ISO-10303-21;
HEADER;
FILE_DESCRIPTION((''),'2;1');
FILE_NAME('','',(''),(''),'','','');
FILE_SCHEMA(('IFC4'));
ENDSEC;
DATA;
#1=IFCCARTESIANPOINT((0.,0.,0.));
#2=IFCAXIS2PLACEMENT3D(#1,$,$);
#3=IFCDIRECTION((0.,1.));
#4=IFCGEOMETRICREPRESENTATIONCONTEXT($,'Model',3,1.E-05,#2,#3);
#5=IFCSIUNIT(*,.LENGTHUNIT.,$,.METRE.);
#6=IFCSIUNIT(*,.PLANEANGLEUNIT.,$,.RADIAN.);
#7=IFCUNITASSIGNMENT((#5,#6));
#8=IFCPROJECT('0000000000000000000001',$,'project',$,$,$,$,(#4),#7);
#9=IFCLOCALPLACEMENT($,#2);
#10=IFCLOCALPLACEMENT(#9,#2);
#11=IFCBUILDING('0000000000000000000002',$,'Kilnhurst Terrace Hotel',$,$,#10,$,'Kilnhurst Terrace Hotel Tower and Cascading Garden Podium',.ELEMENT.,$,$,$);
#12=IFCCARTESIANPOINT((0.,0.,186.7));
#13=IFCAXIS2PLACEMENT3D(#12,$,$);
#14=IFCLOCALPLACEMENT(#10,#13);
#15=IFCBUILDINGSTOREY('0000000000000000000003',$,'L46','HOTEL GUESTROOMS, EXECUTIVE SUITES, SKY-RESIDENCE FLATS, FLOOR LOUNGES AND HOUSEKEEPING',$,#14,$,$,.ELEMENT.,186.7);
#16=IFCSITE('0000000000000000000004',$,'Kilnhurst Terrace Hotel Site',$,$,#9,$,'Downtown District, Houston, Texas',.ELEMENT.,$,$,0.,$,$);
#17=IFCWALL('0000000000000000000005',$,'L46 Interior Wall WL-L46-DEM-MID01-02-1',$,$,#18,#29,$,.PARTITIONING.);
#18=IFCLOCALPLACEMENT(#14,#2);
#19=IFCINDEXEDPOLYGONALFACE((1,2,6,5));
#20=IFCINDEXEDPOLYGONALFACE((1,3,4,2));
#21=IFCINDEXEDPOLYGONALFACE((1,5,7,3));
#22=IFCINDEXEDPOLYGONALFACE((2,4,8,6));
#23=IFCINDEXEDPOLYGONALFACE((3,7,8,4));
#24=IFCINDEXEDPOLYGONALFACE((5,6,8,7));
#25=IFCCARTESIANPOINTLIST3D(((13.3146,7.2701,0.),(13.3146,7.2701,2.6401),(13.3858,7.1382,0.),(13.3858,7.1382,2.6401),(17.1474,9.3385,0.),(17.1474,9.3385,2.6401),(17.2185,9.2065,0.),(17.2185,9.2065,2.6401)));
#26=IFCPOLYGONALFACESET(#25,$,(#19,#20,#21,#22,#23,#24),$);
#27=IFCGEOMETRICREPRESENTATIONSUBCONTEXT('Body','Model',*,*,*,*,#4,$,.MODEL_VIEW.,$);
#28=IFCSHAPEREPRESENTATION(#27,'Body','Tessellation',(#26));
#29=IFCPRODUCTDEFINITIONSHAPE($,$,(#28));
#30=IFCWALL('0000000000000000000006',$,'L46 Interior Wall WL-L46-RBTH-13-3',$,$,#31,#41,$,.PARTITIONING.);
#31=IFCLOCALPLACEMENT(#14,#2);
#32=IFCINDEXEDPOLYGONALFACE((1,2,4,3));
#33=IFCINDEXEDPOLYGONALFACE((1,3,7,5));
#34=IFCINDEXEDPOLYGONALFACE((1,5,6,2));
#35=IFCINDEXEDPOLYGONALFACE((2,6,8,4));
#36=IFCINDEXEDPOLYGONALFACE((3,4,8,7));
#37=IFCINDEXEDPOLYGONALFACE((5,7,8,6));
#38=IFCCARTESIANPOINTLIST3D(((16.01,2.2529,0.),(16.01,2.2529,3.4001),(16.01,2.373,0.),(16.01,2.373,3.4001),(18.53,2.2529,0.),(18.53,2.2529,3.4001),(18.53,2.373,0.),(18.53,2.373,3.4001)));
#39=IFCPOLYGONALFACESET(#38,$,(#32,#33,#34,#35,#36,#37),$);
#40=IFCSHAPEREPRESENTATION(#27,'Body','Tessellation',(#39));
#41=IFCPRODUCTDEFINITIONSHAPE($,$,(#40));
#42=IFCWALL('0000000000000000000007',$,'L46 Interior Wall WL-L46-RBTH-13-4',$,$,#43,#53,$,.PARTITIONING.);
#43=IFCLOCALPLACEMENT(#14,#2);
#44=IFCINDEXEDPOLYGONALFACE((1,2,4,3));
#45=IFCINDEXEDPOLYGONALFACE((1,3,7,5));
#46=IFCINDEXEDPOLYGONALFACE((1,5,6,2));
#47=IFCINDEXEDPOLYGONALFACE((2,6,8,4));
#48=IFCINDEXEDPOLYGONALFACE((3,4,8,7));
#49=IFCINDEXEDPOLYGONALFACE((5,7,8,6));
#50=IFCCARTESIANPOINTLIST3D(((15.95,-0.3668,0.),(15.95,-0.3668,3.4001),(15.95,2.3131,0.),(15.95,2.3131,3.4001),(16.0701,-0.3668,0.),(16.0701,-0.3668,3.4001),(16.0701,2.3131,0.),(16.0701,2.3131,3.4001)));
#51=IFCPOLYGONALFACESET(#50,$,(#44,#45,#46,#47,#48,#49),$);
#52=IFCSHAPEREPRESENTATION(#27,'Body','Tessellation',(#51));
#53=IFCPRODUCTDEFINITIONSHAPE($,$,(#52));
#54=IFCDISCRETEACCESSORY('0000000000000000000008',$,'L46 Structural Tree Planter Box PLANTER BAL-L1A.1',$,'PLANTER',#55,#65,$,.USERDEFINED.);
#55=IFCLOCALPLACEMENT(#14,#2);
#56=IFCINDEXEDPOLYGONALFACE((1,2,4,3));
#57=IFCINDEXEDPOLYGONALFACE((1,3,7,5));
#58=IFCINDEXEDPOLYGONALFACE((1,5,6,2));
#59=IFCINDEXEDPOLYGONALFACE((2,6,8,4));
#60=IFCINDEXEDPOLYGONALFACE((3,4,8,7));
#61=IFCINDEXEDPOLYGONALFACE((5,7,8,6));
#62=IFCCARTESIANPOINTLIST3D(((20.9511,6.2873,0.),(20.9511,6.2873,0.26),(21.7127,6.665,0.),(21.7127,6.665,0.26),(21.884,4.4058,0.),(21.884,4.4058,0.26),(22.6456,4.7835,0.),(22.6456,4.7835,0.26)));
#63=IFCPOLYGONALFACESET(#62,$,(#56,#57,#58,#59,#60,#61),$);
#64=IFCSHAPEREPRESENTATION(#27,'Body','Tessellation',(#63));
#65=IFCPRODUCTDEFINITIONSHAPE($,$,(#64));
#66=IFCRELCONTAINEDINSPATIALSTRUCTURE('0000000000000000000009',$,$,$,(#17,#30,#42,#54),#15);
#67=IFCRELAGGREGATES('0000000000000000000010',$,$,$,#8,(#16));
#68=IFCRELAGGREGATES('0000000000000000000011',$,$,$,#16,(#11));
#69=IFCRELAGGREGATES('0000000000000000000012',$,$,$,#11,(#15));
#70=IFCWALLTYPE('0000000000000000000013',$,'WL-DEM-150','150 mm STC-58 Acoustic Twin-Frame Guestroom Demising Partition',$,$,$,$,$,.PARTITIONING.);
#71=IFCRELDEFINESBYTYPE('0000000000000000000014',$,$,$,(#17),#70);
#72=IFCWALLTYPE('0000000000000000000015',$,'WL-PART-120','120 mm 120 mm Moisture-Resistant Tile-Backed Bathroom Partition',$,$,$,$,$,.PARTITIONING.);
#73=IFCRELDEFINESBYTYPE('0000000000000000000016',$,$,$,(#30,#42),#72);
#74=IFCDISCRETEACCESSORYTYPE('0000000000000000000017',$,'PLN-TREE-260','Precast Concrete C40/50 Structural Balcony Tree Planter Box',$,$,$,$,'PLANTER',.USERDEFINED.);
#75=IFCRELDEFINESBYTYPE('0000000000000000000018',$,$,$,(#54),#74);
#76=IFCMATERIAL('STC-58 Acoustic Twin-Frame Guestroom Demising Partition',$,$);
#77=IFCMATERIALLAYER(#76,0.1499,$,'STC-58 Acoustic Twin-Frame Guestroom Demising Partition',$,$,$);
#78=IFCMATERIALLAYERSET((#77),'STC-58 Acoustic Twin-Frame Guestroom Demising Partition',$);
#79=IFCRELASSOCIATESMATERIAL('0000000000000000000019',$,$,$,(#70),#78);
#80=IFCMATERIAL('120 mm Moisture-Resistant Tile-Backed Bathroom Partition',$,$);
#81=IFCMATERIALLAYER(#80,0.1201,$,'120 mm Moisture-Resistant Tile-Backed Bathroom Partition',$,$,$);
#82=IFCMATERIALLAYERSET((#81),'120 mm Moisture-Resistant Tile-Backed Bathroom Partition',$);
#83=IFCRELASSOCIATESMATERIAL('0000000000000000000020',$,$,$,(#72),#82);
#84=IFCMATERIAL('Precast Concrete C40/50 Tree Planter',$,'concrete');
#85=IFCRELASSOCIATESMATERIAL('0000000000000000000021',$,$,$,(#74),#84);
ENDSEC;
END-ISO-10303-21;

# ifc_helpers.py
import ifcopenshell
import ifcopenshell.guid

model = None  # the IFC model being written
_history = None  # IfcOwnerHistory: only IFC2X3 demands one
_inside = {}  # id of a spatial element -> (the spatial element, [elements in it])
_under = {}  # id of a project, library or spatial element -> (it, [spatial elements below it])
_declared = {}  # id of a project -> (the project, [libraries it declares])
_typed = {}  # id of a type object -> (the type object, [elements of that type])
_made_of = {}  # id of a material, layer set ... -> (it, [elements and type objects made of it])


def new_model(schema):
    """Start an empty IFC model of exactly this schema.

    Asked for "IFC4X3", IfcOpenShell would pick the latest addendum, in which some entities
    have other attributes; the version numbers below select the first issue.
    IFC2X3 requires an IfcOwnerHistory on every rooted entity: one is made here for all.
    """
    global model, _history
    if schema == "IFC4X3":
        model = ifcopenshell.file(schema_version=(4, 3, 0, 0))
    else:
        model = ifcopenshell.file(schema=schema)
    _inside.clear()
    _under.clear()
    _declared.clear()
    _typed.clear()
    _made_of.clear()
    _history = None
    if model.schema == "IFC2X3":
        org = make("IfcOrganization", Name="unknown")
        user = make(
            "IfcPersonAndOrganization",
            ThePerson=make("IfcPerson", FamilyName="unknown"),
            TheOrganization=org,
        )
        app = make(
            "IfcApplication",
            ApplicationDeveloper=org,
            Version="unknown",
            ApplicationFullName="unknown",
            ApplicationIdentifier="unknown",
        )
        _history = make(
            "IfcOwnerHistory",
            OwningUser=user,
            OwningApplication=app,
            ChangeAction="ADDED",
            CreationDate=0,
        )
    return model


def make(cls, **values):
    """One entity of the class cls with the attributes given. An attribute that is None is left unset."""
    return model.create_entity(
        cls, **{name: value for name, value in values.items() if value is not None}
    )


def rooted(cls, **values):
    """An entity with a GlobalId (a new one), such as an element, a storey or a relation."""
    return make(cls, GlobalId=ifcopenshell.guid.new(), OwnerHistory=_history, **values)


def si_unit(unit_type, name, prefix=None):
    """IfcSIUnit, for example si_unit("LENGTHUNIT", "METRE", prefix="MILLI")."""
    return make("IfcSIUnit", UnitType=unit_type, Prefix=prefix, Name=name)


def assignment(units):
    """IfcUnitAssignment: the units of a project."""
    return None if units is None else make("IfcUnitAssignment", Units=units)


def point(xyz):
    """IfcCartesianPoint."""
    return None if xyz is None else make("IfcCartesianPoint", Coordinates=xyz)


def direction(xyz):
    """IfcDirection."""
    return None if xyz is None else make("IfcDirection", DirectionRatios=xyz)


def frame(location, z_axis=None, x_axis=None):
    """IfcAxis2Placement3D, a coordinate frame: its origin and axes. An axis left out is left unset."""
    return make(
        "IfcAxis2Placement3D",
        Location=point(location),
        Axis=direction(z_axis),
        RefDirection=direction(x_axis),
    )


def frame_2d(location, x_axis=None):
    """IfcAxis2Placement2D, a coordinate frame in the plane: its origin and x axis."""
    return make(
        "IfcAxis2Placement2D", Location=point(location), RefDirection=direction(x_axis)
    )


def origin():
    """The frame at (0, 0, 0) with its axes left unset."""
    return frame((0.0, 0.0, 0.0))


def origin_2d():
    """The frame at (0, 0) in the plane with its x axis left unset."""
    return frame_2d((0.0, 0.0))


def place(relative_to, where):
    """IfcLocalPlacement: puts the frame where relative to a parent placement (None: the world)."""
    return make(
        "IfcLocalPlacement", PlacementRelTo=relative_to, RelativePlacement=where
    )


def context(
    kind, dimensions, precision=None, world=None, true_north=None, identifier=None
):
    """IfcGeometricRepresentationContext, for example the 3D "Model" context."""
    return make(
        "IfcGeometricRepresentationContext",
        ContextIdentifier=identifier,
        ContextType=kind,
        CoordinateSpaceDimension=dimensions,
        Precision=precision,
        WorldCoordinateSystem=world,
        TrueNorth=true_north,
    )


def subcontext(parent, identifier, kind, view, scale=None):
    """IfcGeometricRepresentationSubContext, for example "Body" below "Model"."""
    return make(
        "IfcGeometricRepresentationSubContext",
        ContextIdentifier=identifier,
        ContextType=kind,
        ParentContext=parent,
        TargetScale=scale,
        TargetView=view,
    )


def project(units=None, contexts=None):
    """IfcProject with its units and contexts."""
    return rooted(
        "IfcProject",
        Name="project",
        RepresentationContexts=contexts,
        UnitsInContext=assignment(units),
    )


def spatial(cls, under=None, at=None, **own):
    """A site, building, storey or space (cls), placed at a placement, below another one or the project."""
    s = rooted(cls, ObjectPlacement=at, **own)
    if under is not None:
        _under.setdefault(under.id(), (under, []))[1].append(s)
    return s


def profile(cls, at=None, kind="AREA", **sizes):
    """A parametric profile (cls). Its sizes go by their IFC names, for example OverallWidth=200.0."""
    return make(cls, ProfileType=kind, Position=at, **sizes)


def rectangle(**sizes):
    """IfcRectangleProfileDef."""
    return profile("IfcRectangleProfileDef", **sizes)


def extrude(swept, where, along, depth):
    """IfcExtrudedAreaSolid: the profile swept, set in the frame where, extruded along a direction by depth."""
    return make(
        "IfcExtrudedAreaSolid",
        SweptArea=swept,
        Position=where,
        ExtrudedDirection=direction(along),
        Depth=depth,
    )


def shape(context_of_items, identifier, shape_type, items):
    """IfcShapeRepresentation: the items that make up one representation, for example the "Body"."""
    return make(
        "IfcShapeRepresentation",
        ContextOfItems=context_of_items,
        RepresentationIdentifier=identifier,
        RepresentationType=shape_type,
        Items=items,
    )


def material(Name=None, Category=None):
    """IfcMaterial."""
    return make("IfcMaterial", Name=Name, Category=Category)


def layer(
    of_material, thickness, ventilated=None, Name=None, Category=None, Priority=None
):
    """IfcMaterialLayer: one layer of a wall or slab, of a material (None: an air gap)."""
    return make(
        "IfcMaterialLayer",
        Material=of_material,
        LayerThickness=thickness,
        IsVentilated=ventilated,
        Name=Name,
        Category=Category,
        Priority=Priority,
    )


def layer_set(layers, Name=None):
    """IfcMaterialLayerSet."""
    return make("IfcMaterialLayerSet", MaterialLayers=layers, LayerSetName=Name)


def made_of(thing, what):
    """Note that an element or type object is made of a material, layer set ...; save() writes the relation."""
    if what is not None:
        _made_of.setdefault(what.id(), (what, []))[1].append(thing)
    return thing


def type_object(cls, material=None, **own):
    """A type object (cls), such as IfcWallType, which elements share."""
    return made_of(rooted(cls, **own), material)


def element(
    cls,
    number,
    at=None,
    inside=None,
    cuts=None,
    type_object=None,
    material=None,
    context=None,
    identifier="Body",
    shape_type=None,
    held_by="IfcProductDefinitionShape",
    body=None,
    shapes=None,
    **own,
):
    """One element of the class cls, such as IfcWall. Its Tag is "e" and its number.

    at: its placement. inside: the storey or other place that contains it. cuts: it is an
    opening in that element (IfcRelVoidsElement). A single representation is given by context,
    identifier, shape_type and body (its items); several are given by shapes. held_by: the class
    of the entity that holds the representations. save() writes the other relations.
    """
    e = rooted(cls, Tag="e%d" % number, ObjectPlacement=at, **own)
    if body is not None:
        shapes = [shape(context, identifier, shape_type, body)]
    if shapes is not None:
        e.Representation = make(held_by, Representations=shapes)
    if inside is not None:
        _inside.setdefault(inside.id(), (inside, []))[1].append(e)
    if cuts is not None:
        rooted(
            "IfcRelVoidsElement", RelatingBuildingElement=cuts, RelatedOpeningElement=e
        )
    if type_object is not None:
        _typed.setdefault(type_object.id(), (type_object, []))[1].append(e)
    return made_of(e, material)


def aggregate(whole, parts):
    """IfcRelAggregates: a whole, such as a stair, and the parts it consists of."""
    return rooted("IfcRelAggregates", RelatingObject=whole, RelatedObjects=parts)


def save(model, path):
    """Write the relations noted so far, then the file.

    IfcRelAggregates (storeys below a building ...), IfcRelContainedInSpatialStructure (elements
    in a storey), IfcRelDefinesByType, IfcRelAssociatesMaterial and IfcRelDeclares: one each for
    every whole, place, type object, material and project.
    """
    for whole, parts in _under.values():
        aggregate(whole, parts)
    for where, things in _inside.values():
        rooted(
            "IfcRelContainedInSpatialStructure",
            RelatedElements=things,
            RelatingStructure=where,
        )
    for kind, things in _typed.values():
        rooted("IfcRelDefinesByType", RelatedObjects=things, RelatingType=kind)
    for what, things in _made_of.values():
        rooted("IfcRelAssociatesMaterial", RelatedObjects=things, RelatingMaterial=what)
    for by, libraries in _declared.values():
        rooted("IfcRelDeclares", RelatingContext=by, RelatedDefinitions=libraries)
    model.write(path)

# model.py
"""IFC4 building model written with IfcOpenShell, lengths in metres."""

from ifc_helpers import new_model, si_unit, direction, frame, frame_2d, origin, origin_2d, place, context, subcontext, project, spatial, rectangle, extrude, material, layer, layer_set, type_object, element, save


model = new_model("IFC4")

# Units and contexts
model_context = context("Model", 3, precision=1e-05, world=origin(), true_north=direction((0.0, 1.0)))
body_context = subcontext(model_context, "Body", "Model", "MODEL_VIEW")
ifc_project = project(units=[si_unit("LENGTHUNIT", "METRE"), si_unit("PLANEANGLEUNIT", "RADIAN")], contexts=[model_context])

# Site, building, storey
site_placement = place(None, origin())
site = spatial("IfcSite", under=ifc_project, at=site_placement, Name="Kilnhurst Terrace Hotel Site", LongName="Downtown District, Houston, Texas", CompositionType="ELEMENT", RefElevation=0.0)
building_placement = place(site_placement, origin())
building = spatial("IfcBuilding", under=site, at=building_placement, Name="Kilnhurst Terrace Hotel", LongName="Kilnhurst Terrace Hotel Tower and Cascading Garden Podium", CompositionType="ELEMENT")
storey_placement = place(building_placement, frame((0.0, 0.0, 186.7)))
storey = spatial("IfcBuildingStorey", under=building, at=storey_placement, Name="L46", Description="HOTEL GUESTROOMS, EXECUTIVE SUITES, SKY-RESIDENCE FLATS, FLOOR LOUNGES AND HOUSEKEEPING", CompositionType="ELEMENT", Elevation=186.7)

# Walls
ifc_material_1 = material(Name="STC-58 Acoustic Twin-Frame Guestroom Demising Partition")
ifc_layer_1 = layer(ifc_material_1, 0.1499, Name="STC-58 Acoustic Twin-Frame Guestroom Demising Partition")
ifc_layer_set_1 = layer_set([ifc_layer_1], Name="STC-58 Acoustic Twin-Frame Guestroom Demising Partition")
wall_type_1 = type_object("IfcWallType", Name="WL-DEM-150", Description="150 mm STC-58 Acoustic Twin-Frame Guestroom Demising Partition", PredefinedType="PARTITIONING", material=ifc_layer_set_1)
wall_1_placement = place(storey_placement, frame((13.3501, 7.2041, 0.0), z_axis=(0.0, 0.0, 1.0), x_axis=(0.880033, 0.474912, 0.0)))
element("IfcWall", 1, at=wall_1_placement, inside=storey, type_object=wall_type_1, Name="L46 Interior Wall WL-L46-DEM-MID01-02-1", PredefinedType="PARTITIONING", context=body_context, shape_type="SweptSolid", body=[
    extrude(rectangle(XDim=4.3552, YDim=0.1499, at=frame_2d((2.1777, 0.0))), origin(), (0.0, 0.0, 1.0), 2.6401),
])
ifc_material_2 = material(Name="120 mm Moisture-Resistant Tile-Backed Bathroom Partition")
ifc_layer_2 = layer(ifc_material_2, 0.1201, Name="120 mm Moisture-Resistant Tile-Backed Bathroom Partition")
ifc_layer_set_2 = layer_set([ifc_layer_2], Name="120 mm Moisture-Resistant Tile-Backed Bathroom Partition")
wall_type_2 = type_object("IfcWallType", Name="WL-PART-120", Description="120 mm 120 mm Moisture-Resistant Tile-Backed Bathroom Partition", PredefinedType="PARTITIONING", material=ifc_layer_set_2)
wall_2_placement = place(storey_placement, frame((18.53, 2.313, 0.0), z_axis=(0.0, 0.0, 1.0), x_axis=(-1.0, 0.0, 0.0)))
element("IfcWall", 2, at=wall_2_placement, inside=storey, type_object=wall_type_2, Name="L46 Interior Wall WL-L46-RBTH-13-3", PredefinedType="PARTITIONING", context=body_context, shape_type="SweptSolid", body=[
    extrude(rectangle(XDim=2.52, YDim=0.1201, at=frame_2d((1.26, 0.0))), origin(), (0.0, 0.0, 1.0), 3.4001),
])
wall_3_placement = place(storey_placement, frame((16.01, 2.313, 0.0), z_axis=(0.0, 0.0, 1.0), x_axis=(0.0, -1.0, 0.0)))
element("IfcWall", 3, at=wall_3_placement, inside=storey, type_object=wall_type_2, Name="L46 Interior Wall WL-L46-RBTH-13-4", PredefinedType="PARTITIONING", context=body_context, shape_type="SweptSolid", body=[
    extrude(rectangle(XDim=2.6799, YDim=0.1201, at=frame_2d((1.3398, 0.0))), origin(), (0.0, 0.0, 1.0), 3.4001),
])

# Discrete accessory
ifc_material_3 = material(Name="Precast Concrete C40/50 Tree Planter", Category="concrete")
discrete_accessory_type = type_object("IfcDiscreteAccessoryType", Name="PLN-TREE-260", Description="Precast Concrete C40/50 Structural Balcony Tree Planter Box", ElementType="PLANTER", PredefinedType="USERDEFINED", material=ifc_material_3)
discrete_accessory_placement = place(storey_placement, frame((21.7983, 5.5354, 0.0), z_axis=(0.0, 0.0, 1.0), x_axis=(-0.444244, 0.895906, 0.0)))
element("IfcDiscreteAccessory", 4, at=discrete_accessory_placement, inside=storey, type_object=discrete_accessory_type, Name="L46 Structural Tree Planter Box PLANTER BAL-L1A.1", ObjectType="PLANTER", PredefinedType="USERDEFINED", context=body_context, shape_type="SweptSolid", body=[
    extrude(rectangle(XDim=2.1001, YDim=0.8501, at=origin_2d()), origin(), (0.0, 0.0, 1.0), 0.26),
])

save(model, "model.ifc")
